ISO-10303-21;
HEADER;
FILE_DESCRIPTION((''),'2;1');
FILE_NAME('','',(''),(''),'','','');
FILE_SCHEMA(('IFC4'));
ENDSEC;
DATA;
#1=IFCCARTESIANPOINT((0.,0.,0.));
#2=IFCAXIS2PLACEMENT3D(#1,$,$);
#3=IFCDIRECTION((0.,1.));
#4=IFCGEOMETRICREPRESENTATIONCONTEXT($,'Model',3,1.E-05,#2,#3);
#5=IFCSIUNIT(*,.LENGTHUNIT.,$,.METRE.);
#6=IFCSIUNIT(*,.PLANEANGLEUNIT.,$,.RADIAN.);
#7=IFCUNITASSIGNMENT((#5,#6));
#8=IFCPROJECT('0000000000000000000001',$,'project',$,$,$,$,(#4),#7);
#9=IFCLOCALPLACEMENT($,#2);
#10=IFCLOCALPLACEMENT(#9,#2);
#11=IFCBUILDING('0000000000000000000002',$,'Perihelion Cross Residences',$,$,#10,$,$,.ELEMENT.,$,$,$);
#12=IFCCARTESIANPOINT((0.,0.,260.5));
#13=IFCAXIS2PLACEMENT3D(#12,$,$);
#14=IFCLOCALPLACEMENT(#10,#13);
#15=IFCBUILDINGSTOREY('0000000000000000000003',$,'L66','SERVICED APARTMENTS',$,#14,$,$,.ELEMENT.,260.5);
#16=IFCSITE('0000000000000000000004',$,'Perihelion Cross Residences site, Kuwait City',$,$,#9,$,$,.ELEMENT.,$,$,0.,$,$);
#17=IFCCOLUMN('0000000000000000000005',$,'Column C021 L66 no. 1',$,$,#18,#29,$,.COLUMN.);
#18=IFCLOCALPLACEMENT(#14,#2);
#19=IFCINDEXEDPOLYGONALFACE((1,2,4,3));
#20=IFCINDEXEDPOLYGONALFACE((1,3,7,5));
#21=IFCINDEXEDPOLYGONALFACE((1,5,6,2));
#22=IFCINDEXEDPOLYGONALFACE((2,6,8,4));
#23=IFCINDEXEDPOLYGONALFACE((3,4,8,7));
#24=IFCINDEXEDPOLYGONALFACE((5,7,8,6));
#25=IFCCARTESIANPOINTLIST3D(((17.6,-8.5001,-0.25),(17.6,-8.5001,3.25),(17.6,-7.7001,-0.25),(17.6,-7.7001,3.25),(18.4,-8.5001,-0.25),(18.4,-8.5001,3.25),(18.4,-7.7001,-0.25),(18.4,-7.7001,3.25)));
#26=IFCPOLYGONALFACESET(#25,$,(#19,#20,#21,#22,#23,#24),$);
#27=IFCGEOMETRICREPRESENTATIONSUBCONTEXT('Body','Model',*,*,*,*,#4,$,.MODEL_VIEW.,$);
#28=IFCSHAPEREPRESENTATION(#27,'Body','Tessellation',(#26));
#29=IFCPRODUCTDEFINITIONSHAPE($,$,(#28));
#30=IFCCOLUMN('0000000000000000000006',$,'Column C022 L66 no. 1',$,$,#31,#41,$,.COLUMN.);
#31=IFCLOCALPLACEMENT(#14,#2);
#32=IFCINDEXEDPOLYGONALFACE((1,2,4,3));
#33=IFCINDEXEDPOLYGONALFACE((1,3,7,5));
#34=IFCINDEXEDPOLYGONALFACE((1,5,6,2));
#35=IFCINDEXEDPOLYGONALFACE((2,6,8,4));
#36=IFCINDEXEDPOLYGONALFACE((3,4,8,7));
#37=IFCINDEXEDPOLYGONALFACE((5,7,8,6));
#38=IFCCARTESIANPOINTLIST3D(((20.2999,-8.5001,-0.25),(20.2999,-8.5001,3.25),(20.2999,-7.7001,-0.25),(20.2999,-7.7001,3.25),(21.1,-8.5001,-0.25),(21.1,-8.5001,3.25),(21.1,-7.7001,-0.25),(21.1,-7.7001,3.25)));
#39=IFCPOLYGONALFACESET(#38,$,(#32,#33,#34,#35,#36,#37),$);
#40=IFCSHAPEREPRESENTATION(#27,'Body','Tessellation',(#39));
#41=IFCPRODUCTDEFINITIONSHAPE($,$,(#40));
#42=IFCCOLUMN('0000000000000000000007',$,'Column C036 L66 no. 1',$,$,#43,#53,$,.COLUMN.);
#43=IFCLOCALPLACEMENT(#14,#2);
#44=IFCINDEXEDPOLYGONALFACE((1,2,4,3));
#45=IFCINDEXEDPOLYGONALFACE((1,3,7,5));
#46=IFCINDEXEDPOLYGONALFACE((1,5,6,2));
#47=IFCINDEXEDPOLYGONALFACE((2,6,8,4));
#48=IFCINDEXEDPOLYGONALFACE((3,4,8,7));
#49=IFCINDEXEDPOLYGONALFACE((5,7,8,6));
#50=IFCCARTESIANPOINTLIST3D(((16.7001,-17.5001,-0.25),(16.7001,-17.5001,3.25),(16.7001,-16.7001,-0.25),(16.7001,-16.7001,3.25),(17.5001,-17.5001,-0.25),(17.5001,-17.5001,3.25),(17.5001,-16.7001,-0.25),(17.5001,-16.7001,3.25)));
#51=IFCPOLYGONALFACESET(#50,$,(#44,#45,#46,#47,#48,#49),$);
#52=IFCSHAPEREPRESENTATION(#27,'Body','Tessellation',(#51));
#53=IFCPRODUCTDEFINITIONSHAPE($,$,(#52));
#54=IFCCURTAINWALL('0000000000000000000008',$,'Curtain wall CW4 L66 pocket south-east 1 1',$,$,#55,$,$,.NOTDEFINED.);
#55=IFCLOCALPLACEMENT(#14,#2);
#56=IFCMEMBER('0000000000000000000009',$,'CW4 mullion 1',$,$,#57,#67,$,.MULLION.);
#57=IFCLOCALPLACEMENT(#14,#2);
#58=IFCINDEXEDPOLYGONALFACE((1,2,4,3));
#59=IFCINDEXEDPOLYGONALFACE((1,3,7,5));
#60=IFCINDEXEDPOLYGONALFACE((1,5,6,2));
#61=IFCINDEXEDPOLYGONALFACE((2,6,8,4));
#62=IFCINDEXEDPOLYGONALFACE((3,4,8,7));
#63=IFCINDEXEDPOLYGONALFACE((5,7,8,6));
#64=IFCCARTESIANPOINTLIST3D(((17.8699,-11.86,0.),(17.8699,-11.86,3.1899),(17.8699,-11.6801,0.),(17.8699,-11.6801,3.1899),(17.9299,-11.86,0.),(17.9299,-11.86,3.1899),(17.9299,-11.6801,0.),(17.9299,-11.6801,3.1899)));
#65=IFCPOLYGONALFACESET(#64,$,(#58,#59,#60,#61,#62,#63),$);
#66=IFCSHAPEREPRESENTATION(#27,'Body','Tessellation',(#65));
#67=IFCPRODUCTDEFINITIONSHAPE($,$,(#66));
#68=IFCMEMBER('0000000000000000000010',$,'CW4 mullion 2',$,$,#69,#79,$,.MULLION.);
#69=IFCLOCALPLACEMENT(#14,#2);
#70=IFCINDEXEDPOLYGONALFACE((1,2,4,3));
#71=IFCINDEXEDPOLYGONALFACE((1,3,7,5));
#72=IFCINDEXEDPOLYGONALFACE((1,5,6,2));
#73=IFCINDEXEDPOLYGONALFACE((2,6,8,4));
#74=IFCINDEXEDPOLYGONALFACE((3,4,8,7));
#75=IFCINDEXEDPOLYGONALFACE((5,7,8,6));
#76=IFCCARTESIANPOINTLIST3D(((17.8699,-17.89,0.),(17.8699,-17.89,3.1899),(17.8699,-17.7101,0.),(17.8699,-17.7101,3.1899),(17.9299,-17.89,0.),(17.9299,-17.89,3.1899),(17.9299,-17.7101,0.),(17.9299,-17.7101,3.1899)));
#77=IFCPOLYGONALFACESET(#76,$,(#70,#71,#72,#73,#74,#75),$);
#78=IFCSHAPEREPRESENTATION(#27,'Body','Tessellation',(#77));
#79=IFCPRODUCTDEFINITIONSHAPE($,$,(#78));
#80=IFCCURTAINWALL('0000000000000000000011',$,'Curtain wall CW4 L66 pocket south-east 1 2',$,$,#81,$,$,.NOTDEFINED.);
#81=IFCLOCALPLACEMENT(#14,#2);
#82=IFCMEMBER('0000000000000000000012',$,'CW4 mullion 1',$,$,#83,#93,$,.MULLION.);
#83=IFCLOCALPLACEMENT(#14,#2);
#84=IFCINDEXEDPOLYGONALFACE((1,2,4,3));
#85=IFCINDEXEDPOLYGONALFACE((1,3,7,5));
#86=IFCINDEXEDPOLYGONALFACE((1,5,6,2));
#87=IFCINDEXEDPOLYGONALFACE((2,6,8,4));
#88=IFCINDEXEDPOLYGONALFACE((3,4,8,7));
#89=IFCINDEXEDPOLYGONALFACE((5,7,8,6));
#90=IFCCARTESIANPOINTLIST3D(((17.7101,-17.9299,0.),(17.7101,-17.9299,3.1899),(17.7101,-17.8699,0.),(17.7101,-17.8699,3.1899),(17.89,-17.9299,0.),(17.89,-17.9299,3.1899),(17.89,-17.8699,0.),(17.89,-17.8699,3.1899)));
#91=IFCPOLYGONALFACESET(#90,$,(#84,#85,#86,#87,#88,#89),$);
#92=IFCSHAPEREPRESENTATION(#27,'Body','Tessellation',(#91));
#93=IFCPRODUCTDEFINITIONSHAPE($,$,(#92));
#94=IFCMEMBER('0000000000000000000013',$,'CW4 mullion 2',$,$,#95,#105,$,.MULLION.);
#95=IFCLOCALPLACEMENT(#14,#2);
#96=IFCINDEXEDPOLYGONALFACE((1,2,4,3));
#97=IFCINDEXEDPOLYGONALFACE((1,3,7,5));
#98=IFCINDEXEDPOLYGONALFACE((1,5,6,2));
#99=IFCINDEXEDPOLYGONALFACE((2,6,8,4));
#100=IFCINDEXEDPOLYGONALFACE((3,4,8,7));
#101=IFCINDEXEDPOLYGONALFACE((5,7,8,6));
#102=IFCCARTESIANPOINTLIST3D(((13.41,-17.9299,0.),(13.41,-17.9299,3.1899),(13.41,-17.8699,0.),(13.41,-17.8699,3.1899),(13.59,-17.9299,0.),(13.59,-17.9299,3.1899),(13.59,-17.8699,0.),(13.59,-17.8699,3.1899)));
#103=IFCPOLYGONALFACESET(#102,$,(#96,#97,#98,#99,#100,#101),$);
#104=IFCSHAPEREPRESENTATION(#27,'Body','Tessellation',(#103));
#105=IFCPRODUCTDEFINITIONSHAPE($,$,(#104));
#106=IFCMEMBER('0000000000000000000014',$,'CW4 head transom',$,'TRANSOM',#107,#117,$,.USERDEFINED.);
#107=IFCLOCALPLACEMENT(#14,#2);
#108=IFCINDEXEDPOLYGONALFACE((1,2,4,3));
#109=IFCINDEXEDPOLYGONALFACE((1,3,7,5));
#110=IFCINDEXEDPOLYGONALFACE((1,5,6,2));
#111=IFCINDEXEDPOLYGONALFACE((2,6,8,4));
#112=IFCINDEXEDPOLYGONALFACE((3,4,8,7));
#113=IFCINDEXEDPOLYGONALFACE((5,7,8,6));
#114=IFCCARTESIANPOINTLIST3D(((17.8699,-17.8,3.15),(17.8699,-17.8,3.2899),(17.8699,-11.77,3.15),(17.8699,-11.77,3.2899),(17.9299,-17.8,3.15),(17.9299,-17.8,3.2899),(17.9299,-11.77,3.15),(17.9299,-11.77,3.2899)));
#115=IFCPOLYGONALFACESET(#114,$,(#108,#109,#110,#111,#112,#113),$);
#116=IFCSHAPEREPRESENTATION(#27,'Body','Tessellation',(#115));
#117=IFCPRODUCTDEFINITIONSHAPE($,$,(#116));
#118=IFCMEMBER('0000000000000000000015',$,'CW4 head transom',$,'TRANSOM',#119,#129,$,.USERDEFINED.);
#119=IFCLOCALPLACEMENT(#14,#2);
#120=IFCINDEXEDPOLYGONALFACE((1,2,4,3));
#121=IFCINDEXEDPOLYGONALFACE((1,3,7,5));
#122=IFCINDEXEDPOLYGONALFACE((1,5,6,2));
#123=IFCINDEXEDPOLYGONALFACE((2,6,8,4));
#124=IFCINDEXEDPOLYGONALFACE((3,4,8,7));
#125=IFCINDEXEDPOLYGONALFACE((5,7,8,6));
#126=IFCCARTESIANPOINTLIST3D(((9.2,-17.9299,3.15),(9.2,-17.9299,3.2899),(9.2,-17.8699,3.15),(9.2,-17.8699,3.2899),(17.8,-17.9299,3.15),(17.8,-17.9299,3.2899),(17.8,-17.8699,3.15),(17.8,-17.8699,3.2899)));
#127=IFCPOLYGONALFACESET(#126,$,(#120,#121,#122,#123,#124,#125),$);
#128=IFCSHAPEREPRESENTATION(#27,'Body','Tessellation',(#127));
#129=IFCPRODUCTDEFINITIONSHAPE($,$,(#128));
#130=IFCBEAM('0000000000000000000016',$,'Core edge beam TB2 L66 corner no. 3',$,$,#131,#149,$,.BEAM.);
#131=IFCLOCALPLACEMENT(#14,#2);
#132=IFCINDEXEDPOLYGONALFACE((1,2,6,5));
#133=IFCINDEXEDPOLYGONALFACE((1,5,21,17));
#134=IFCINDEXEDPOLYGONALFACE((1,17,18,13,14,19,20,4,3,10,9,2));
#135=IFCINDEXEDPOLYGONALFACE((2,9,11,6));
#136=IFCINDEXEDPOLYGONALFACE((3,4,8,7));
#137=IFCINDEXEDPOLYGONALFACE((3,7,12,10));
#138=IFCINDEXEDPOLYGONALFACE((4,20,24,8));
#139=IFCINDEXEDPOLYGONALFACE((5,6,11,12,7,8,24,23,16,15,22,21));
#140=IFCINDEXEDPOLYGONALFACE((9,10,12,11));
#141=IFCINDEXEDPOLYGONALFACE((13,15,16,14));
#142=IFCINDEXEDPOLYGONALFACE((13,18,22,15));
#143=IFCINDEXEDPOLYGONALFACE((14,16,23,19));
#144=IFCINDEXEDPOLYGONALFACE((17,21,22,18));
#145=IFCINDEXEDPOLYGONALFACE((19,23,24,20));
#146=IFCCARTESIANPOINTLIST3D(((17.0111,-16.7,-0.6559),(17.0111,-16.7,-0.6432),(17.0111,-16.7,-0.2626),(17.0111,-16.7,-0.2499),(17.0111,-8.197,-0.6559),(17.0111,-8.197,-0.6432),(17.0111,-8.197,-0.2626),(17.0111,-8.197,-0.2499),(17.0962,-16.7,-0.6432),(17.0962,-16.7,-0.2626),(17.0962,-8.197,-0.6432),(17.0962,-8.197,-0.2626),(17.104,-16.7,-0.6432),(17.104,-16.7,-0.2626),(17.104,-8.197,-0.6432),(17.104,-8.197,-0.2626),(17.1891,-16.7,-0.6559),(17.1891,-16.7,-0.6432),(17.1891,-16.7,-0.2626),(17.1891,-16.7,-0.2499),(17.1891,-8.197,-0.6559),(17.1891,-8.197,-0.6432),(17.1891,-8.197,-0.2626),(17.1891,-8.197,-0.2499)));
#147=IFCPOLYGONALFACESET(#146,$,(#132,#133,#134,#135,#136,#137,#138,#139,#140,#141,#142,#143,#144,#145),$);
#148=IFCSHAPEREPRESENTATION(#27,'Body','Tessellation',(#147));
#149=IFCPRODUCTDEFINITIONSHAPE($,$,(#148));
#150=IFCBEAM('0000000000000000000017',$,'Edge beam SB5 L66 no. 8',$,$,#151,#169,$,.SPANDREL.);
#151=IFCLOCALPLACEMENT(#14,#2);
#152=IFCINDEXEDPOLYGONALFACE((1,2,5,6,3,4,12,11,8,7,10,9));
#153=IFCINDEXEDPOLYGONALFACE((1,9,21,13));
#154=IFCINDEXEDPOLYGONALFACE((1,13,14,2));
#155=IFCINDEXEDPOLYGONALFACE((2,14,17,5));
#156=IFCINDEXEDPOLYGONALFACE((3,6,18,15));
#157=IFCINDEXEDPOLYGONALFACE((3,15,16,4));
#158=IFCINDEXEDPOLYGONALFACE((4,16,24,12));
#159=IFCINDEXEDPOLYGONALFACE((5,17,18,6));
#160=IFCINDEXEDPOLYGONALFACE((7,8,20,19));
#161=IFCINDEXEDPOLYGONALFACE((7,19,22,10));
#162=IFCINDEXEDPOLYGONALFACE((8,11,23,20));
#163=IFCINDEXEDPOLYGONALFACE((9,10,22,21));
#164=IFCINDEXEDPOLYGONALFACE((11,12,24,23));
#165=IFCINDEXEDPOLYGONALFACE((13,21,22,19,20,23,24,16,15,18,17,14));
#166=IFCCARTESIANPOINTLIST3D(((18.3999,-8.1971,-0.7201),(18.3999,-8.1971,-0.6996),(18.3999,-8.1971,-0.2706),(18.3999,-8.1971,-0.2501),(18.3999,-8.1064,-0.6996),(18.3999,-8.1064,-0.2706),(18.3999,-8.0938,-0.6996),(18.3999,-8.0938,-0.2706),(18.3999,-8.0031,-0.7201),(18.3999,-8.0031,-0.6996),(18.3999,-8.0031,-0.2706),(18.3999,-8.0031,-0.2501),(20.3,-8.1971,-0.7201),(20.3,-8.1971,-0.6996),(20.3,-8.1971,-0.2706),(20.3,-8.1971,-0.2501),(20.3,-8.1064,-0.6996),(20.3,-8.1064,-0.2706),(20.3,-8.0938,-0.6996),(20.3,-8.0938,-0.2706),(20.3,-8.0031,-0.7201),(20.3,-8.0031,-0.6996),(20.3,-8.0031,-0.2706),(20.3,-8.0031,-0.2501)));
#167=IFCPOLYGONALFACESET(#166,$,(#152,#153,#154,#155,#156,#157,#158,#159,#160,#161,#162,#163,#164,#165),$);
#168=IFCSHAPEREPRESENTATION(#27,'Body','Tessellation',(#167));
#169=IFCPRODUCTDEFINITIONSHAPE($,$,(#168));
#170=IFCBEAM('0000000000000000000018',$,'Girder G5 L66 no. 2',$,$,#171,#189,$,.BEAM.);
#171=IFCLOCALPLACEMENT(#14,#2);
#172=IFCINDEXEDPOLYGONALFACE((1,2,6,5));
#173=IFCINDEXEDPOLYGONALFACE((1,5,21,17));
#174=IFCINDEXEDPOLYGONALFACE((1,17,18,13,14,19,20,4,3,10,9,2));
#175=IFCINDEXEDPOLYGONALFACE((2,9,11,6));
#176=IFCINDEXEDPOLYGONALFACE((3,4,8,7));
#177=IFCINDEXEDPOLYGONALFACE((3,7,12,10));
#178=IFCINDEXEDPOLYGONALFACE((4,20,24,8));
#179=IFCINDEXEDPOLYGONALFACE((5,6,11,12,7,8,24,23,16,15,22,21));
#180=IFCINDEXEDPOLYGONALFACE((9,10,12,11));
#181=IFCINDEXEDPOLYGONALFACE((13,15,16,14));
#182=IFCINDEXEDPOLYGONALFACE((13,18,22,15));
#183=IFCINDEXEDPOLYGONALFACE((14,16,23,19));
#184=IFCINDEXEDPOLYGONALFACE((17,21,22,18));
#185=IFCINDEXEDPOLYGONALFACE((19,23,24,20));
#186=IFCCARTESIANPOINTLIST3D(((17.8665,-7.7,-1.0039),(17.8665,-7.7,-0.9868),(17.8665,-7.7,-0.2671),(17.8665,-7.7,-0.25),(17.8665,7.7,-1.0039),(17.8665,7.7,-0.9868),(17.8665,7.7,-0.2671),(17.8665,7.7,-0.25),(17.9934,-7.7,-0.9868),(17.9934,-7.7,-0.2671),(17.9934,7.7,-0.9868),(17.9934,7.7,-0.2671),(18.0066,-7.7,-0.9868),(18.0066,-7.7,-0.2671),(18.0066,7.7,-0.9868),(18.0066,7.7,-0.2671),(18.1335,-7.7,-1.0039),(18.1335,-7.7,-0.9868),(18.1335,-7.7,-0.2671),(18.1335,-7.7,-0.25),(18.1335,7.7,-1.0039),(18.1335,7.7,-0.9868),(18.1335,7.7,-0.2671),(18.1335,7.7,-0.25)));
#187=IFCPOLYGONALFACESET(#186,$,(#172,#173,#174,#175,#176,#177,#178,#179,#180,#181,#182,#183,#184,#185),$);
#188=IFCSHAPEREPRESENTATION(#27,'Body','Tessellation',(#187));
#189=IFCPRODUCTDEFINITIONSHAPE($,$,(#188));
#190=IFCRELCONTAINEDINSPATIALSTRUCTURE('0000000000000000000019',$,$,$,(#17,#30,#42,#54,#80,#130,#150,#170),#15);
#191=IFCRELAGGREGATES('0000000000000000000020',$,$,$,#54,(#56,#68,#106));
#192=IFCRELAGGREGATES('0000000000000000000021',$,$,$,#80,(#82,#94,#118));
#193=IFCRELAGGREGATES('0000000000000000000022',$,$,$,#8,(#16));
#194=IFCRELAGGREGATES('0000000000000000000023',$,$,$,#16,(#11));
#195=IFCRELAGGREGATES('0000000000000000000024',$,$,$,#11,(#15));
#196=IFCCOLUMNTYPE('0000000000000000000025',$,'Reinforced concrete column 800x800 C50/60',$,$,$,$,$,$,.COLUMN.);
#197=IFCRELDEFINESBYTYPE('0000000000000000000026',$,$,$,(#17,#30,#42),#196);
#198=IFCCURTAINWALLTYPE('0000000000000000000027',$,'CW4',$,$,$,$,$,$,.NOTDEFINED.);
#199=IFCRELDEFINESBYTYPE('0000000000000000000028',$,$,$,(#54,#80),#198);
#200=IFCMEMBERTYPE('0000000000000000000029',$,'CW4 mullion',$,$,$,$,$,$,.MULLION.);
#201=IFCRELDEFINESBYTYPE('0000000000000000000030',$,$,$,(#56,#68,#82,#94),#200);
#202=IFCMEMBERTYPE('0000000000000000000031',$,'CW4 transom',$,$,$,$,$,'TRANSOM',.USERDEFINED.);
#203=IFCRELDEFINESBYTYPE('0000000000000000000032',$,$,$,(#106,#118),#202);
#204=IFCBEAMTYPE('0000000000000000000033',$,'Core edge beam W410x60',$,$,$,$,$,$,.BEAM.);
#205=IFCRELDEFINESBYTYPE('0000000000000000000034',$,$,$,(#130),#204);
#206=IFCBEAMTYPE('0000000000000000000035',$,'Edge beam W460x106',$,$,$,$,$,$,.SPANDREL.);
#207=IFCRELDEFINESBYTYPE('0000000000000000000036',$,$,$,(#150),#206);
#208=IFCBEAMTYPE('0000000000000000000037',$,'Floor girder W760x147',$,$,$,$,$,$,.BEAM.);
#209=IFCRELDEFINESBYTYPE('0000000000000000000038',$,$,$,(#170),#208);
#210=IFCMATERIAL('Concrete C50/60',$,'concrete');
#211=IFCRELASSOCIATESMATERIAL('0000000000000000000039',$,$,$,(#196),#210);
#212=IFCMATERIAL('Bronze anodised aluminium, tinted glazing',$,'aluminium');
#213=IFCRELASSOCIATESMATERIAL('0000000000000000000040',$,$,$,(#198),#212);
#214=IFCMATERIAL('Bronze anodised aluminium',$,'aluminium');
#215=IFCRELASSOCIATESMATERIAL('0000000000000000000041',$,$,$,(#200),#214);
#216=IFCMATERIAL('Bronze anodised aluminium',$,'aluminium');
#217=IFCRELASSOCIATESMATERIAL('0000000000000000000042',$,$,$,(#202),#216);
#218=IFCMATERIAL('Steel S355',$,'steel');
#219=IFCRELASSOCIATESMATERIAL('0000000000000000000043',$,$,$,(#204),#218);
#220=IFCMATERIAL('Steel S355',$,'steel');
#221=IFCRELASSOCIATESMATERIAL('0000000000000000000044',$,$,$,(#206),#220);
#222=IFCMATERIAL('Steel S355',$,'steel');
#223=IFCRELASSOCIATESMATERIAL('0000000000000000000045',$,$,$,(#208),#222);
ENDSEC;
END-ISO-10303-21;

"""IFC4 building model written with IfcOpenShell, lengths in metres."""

from ifc_helpers import new_model, si_unit, direction, frame, origin, origin_2d, place, context, subcontext, project, spatial, rectangle, i_section, extrude, material, material_profile, profile_set, type_object, element, aggregate, save


model = new_model("IFC4")

# Units and contexts
model_context = context("Model", 3, precision=1e-05, world=origin(), true_north=direction((0.0, 1.0)))
body_context = subcontext(model_context, "Body", "Model", "MODEL_VIEW")
ifc_project = project(units=[si_unit("LENGTHUNIT", "METRE"), si_unit("PLANEANGLEUNIT", "RADIAN")], contexts=[model_context])

# Site, building, storey
site_placement = place(None, origin())
site = spatial("IfcSite", under=ifc_project, at=site_placement, Name="Perihelion Cross Residences site, Kuwait City", CompositionType="ELEMENT", RefElevation=0.0)
building_placement = place(site_placement, origin())
building = spatial("IfcBuilding", under=site, at=building_placement, Name="Perihelion Cross Residences", CompositionType="ELEMENT")
storey_placement = place(building_placement, frame((0.0, 0.0, 260.5)))
storey = spatial("IfcBuildingStorey", under=building, at=storey_placement, Name="L66", Description="SERVICED APARTMENTS", CompositionType="ELEMENT", Elevation=260.5)

# Columns
ifc_material_1 = material(Name="Concrete C50/60", Category="concrete")
ifc_material_profile_1 = material_profile(ifc_material_1, rectangle(XDim=0.8, YDim=0.8, at=origin_2d()), Name="RC 800x800")
ifc_profile_set_1 = profile_set([ifc_material_profile_1], Name="Concrete C50/60")
column_type = type_object("IfcColumnType", Name="Reinforced concrete column 800x800 C50/60", PredefinedType="COLUMN", material=ifc_profile_set_1)
for number, where, z_axis, x_axis, name in (
    (1, (18.0, -8.1001, -0.25), (0.0, 0.0, 1.0), (1.0, 0.0, 0.0), "Column C021 L66 no. 1"),
    (2, (20.7, -8.1001, -0.25), (0.0, 0.0, 1.0), (1.0, 0.0, 0.0), "Column C022 L66 no. 1"),
    (3, (17.1001, -17.1001, -0.25), (0.0, 0.0, 1.0), (1.0, 0.0, 0.0), "Column C036 L66 no. 1"),
):
    element("IfcColumn", number, at=place(storey_placement, frame(where, z_axis=z_axis, x_axis=x_axis)), inside=storey, type_object=column_type, Name=name, PredefinedType="COLUMN", context=body_context, shape_type="SweptSolid", body=[
        extrude(rectangle(XDim=0.8, YDim=0.8, at=origin_2d()), origin(), (0.0, 0.0, 1.0), 3.5),
    ])

# Curtain walls, members
ifc_material_2 = material(Name="Bronze anodised aluminium, tinted glazing", Category="aluminium")
curtain_wall_type_1 = type_object("IfcCurtainWallType", Name="CW4", PredefinedType="NOTDEFINED", material=ifc_material_2)
curtain_wall_1_placement = place(storey_placement, origin())
curtain_wall_1 = element("IfcCurtainWall", 4, at=curtain_wall_1_placement, inside=storey, type_object=curtain_wall_type_1, Name="Curtain wall CW4 L66 pocket south-east 1 1", PredefinedType="NOTDEFINED")
ifc_material_3 = material(Name="Bronze anodised aluminium", Category="aluminium")
ifc_material_profile_2 = material_profile(ifc_material_3, rectangle(XDim=0.0601, YDim=0.1799, at=origin_2d()), Name="CW4 mullion")
ifc_profile_set_2 = profile_set([ifc_material_profile_2], Name="Bronze anodised aluminium")
member_type_1 = type_object("IfcMemberType", Name="CW4 mullion", PredefinedType="MULLION", material=ifc_profile_set_2)
member_1_placement = place(storey_placement, frame((17.8999, -11.77, 0.0), z_axis=(0.0, 0.0, 1.0), x_axis=(1.0, 0.0, 0.0)))
member_1 = element("IfcMember", 5, at=member_1_placement, type_object=member_type_1, Name="CW4 mullion 1", PredefinedType="MULLION", context=body_context, shape_type="SweptSolid", body=[
    extrude(rectangle(XDim=0.0601, YDim=0.1799, at=origin_2d()), origin(), (0.0, 0.0, 1.0), 3.1899),
])
member_2_placement = place(storey_placement, frame((17.8999, -17.8, 0.0), z_axis=(0.0, 0.0, 1.0), x_axis=(1.0, 0.0, 0.0)))
member_2 = element("IfcMember", 6, at=member_2_placement, type_object=member_type_1, Name="CW4 mullion 2", PredefinedType="MULLION", context=body_context, shape_type="SweptSolid", body=[
    extrude(rectangle(XDim=0.0601, YDim=0.1799, at=origin_2d()), origin(), (0.0, 0.0, 1.0), 3.1899),
])
curtain_wall_2_placement = place(storey_placement, origin())
curtain_wall_2 = element("IfcCurtainWall", 7, at=curtain_wall_2_placement, inside=storey, type_object=curtain_wall_type_1, Name="Curtain wall CW4 L66 pocket south-east 1 2", PredefinedType="NOTDEFINED")
member_3_placement = place(storey_placement, frame((17.8, -17.8999, 0.0), z_axis=(0.0, 0.0, 1.0), x_axis=(0.0, -1.0, 0.0)))
member_3 = element("IfcMember", 8, at=member_3_placement, type_object=member_type_1, Name="CW4 mullion 1", PredefinedType="MULLION", context=body_context, shape_type="SweptSolid", body=[
    extrude(rectangle(XDim=0.0601, YDim=0.1799, at=origin_2d()), origin(), (0.0, 0.0, 1.0), 3.1899),
])
member_4_placement = place(storey_placement, frame((13.5, -17.8999, 0.0), z_axis=(0.0, 0.0, 1.0), x_axis=(0.0, -1.0, 0.0)))
member_4 = element("IfcMember", 9, at=member_4_placement, type_object=member_type_1, Name="CW4 mullion 2", PredefinedType="MULLION", context=body_context, shape_type="SweptSolid", body=[
    extrude(rectangle(XDim=0.0601, YDim=0.1799, at=origin_2d()), origin(), (0.0, 0.0, 1.0), 3.1899),
])

# Members
ifc_material_4 = material(Name="Bronze anodised aluminium", Category="aluminium")
ifc_material_profile_3 = material_profile(ifc_material_4, rectangle(XDim=0.0601, YDim=0.1399, at=origin_2d()), Name="CW4 transom")
ifc_profile_set_3 = profile_set([ifc_material_profile_3], Name="Bronze anodised aluminium")
member_type_2 = type_object("IfcMemberType", Name="CW4 transom", ElementType="TRANSOM", PredefinedType="USERDEFINED", material=ifc_profile_set_3)
member_5_placement = place(storey_placement, frame((17.8999, -11.77, 3.22), z_axis=(0.0, -1.0, 0.0), x_axis=(1.0, 0.0, 0.0)))
member_5 = element("IfcMember", 10, at=member_5_placement, type_object=member_type_2, Name="CW4 head transom", ObjectType="TRANSOM", PredefinedType="USERDEFINED", context=body_context, shape_type="SweptSolid", body=[
    extrude(rectangle(XDim=0.0601, YDim=0.1399, at=origin_2d()), origin(), (0.0, 0.0, 1.0), 6.03),
])
member_6_placement = place(storey_placement, frame((17.8, -17.8999, 3.22), z_axis=(-1.0, 0.0, 0.0), x_axis=(0.0, -1.0, 0.0)))
member_6 = element("IfcMember", 11, at=member_6_placement, type_object=member_type_2, Name="CW4 head transom", ObjectType="TRANSOM", PredefinedType="USERDEFINED", context=body_context, shape_type="SweptSolid", body=[
    extrude(rectangle(XDim=0.0601, YDim=0.1399, at=origin_2d()), origin(), (0.0, 0.0, 1.0), 8.6001),
])

# Beams
ifc_material_5 = material(Name="Steel S355", Category="steel")
ifc_material_profile_4 = material_profile(ifc_material_5, i_section(OverallWidth=0.178, OverallDepth=0.406, WebThickness=0.0078, FlangeThickness=0.0127, at=origin_2d()), Name="W410x60")
ifc_profile_set_4 = profile_set([ifc_material_profile_4], Name="Steel S355")
beam_type_1 = type_object("IfcBeamType", Name="Core edge beam W410x60", PredefinedType="BEAM", material=ifc_profile_set_4)
beam_1_placement = place(storey_placement, frame((17.1001, -8.197, -0.4529), z_axis=(0.0, -1.0, 0.0), x_axis=(1.0, 0.0, 0.0)))
element("IfcBeam", 12, at=beam_1_placement, inside=storey, type_object=beam_type_1, Name="Core edge beam TB2 L66 corner no. 3", PredefinedType="BEAM", context=body_context, shape_type="SweptSolid", body=[
    extrude(i_section(OverallWidth=0.178, OverallDepth=0.406, WebThickness=0.0078, FlangeThickness=0.0127, at=origin_2d()), origin(), (0.0, 0.0, 1.0), 8.5029),
])
ifc_material_6 = material(Name="Steel S355", Category="steel")
ifc_material_profile_5 = material_profile(ifc_material_6, i_section(OverallWidth=0.1941, OverallDepth=0.47, WebThickness=0.0127, FlangeThickness=0.0205, at=origin_2d()), Name="W460x106")
ifc_profile_set_5 = profile_set([ifc_material_profile_5], Name="Steel S355")
beam_type_2 = type_object("IfcBeamType", Name="Edge beam W460x106", PredefinedType="SPANDREL", material=ifc_profile_set_5)
beam_2_placement = place(storey_placement, frame((18.3999, -8.1001, -0.4851), z_axis=(1.0, 0.0, 0.0), x_axis=(0.0, 1.0, 0.0)))
element("IfcBeam", 13, at=beam_2_placement, inside=storey, type_object=beam_type_2, Name="Edge beam SB5 L66 no. 8", PredefinedType="SPANDREL", context=body_context, shape_type="SweptSolid", body=[
    extrude(i_section(OverallWidth=0.1941, OverallDepth=0.47, WebThickness=0.0127, FlangeThickness=0.0205, at=origin_2d()), origin(), (0.0, 0.0, 1.0), 1.9001),
])
ifc_material_7 = material(Name="Steel S355", Category="steel")
ifc_material_profile_6 = material_profile(ifc_material_7, i_section(OverallWidth=0.2671, OverallDepth=0.7539, WebThickness=0.0132, FlangeThickness=0.0171, at=origin_2d()), Name="W760x147")
ifc_profile_set_6 = profile_set([ifc_material_profile_6], Name="Steel S355")
beam_type_3 = type_object("IfcBeamType", Name="Floor girder W760x147", PredefinedType="BEAM", material=ifc_profile_set_6)
beam_3_placement = place(storey_placement, frame((18.0, -7.7, -0.627), z_axis=(0.0, 1.0, 0.0), x_axis=(-1.0, 0.0, 0.0)))
element("IfcBeam", 14, at=beam_3_placement, inside=storey, type_object=beam_type_3, Name="Girder G5 L66 no. 2", PredefinedType="BEAM", context=body_context, shape_type="SweptSolid", body=[
    extrude(i_section(OverallWidth=0.2671, OverallDepth=0.7539, WebThickness=0.0132, FlangeThickness=0.0171, at=origin_2d()), origin(), (0.0, 0.0, 1.0), 15.3999),
])

aggregate(curtain_wall_1, [member_1, member_2, member_5])
aggregate(curtain_wall_2, [member_3, member_4, member_6])

save(model, "model.ifc")
